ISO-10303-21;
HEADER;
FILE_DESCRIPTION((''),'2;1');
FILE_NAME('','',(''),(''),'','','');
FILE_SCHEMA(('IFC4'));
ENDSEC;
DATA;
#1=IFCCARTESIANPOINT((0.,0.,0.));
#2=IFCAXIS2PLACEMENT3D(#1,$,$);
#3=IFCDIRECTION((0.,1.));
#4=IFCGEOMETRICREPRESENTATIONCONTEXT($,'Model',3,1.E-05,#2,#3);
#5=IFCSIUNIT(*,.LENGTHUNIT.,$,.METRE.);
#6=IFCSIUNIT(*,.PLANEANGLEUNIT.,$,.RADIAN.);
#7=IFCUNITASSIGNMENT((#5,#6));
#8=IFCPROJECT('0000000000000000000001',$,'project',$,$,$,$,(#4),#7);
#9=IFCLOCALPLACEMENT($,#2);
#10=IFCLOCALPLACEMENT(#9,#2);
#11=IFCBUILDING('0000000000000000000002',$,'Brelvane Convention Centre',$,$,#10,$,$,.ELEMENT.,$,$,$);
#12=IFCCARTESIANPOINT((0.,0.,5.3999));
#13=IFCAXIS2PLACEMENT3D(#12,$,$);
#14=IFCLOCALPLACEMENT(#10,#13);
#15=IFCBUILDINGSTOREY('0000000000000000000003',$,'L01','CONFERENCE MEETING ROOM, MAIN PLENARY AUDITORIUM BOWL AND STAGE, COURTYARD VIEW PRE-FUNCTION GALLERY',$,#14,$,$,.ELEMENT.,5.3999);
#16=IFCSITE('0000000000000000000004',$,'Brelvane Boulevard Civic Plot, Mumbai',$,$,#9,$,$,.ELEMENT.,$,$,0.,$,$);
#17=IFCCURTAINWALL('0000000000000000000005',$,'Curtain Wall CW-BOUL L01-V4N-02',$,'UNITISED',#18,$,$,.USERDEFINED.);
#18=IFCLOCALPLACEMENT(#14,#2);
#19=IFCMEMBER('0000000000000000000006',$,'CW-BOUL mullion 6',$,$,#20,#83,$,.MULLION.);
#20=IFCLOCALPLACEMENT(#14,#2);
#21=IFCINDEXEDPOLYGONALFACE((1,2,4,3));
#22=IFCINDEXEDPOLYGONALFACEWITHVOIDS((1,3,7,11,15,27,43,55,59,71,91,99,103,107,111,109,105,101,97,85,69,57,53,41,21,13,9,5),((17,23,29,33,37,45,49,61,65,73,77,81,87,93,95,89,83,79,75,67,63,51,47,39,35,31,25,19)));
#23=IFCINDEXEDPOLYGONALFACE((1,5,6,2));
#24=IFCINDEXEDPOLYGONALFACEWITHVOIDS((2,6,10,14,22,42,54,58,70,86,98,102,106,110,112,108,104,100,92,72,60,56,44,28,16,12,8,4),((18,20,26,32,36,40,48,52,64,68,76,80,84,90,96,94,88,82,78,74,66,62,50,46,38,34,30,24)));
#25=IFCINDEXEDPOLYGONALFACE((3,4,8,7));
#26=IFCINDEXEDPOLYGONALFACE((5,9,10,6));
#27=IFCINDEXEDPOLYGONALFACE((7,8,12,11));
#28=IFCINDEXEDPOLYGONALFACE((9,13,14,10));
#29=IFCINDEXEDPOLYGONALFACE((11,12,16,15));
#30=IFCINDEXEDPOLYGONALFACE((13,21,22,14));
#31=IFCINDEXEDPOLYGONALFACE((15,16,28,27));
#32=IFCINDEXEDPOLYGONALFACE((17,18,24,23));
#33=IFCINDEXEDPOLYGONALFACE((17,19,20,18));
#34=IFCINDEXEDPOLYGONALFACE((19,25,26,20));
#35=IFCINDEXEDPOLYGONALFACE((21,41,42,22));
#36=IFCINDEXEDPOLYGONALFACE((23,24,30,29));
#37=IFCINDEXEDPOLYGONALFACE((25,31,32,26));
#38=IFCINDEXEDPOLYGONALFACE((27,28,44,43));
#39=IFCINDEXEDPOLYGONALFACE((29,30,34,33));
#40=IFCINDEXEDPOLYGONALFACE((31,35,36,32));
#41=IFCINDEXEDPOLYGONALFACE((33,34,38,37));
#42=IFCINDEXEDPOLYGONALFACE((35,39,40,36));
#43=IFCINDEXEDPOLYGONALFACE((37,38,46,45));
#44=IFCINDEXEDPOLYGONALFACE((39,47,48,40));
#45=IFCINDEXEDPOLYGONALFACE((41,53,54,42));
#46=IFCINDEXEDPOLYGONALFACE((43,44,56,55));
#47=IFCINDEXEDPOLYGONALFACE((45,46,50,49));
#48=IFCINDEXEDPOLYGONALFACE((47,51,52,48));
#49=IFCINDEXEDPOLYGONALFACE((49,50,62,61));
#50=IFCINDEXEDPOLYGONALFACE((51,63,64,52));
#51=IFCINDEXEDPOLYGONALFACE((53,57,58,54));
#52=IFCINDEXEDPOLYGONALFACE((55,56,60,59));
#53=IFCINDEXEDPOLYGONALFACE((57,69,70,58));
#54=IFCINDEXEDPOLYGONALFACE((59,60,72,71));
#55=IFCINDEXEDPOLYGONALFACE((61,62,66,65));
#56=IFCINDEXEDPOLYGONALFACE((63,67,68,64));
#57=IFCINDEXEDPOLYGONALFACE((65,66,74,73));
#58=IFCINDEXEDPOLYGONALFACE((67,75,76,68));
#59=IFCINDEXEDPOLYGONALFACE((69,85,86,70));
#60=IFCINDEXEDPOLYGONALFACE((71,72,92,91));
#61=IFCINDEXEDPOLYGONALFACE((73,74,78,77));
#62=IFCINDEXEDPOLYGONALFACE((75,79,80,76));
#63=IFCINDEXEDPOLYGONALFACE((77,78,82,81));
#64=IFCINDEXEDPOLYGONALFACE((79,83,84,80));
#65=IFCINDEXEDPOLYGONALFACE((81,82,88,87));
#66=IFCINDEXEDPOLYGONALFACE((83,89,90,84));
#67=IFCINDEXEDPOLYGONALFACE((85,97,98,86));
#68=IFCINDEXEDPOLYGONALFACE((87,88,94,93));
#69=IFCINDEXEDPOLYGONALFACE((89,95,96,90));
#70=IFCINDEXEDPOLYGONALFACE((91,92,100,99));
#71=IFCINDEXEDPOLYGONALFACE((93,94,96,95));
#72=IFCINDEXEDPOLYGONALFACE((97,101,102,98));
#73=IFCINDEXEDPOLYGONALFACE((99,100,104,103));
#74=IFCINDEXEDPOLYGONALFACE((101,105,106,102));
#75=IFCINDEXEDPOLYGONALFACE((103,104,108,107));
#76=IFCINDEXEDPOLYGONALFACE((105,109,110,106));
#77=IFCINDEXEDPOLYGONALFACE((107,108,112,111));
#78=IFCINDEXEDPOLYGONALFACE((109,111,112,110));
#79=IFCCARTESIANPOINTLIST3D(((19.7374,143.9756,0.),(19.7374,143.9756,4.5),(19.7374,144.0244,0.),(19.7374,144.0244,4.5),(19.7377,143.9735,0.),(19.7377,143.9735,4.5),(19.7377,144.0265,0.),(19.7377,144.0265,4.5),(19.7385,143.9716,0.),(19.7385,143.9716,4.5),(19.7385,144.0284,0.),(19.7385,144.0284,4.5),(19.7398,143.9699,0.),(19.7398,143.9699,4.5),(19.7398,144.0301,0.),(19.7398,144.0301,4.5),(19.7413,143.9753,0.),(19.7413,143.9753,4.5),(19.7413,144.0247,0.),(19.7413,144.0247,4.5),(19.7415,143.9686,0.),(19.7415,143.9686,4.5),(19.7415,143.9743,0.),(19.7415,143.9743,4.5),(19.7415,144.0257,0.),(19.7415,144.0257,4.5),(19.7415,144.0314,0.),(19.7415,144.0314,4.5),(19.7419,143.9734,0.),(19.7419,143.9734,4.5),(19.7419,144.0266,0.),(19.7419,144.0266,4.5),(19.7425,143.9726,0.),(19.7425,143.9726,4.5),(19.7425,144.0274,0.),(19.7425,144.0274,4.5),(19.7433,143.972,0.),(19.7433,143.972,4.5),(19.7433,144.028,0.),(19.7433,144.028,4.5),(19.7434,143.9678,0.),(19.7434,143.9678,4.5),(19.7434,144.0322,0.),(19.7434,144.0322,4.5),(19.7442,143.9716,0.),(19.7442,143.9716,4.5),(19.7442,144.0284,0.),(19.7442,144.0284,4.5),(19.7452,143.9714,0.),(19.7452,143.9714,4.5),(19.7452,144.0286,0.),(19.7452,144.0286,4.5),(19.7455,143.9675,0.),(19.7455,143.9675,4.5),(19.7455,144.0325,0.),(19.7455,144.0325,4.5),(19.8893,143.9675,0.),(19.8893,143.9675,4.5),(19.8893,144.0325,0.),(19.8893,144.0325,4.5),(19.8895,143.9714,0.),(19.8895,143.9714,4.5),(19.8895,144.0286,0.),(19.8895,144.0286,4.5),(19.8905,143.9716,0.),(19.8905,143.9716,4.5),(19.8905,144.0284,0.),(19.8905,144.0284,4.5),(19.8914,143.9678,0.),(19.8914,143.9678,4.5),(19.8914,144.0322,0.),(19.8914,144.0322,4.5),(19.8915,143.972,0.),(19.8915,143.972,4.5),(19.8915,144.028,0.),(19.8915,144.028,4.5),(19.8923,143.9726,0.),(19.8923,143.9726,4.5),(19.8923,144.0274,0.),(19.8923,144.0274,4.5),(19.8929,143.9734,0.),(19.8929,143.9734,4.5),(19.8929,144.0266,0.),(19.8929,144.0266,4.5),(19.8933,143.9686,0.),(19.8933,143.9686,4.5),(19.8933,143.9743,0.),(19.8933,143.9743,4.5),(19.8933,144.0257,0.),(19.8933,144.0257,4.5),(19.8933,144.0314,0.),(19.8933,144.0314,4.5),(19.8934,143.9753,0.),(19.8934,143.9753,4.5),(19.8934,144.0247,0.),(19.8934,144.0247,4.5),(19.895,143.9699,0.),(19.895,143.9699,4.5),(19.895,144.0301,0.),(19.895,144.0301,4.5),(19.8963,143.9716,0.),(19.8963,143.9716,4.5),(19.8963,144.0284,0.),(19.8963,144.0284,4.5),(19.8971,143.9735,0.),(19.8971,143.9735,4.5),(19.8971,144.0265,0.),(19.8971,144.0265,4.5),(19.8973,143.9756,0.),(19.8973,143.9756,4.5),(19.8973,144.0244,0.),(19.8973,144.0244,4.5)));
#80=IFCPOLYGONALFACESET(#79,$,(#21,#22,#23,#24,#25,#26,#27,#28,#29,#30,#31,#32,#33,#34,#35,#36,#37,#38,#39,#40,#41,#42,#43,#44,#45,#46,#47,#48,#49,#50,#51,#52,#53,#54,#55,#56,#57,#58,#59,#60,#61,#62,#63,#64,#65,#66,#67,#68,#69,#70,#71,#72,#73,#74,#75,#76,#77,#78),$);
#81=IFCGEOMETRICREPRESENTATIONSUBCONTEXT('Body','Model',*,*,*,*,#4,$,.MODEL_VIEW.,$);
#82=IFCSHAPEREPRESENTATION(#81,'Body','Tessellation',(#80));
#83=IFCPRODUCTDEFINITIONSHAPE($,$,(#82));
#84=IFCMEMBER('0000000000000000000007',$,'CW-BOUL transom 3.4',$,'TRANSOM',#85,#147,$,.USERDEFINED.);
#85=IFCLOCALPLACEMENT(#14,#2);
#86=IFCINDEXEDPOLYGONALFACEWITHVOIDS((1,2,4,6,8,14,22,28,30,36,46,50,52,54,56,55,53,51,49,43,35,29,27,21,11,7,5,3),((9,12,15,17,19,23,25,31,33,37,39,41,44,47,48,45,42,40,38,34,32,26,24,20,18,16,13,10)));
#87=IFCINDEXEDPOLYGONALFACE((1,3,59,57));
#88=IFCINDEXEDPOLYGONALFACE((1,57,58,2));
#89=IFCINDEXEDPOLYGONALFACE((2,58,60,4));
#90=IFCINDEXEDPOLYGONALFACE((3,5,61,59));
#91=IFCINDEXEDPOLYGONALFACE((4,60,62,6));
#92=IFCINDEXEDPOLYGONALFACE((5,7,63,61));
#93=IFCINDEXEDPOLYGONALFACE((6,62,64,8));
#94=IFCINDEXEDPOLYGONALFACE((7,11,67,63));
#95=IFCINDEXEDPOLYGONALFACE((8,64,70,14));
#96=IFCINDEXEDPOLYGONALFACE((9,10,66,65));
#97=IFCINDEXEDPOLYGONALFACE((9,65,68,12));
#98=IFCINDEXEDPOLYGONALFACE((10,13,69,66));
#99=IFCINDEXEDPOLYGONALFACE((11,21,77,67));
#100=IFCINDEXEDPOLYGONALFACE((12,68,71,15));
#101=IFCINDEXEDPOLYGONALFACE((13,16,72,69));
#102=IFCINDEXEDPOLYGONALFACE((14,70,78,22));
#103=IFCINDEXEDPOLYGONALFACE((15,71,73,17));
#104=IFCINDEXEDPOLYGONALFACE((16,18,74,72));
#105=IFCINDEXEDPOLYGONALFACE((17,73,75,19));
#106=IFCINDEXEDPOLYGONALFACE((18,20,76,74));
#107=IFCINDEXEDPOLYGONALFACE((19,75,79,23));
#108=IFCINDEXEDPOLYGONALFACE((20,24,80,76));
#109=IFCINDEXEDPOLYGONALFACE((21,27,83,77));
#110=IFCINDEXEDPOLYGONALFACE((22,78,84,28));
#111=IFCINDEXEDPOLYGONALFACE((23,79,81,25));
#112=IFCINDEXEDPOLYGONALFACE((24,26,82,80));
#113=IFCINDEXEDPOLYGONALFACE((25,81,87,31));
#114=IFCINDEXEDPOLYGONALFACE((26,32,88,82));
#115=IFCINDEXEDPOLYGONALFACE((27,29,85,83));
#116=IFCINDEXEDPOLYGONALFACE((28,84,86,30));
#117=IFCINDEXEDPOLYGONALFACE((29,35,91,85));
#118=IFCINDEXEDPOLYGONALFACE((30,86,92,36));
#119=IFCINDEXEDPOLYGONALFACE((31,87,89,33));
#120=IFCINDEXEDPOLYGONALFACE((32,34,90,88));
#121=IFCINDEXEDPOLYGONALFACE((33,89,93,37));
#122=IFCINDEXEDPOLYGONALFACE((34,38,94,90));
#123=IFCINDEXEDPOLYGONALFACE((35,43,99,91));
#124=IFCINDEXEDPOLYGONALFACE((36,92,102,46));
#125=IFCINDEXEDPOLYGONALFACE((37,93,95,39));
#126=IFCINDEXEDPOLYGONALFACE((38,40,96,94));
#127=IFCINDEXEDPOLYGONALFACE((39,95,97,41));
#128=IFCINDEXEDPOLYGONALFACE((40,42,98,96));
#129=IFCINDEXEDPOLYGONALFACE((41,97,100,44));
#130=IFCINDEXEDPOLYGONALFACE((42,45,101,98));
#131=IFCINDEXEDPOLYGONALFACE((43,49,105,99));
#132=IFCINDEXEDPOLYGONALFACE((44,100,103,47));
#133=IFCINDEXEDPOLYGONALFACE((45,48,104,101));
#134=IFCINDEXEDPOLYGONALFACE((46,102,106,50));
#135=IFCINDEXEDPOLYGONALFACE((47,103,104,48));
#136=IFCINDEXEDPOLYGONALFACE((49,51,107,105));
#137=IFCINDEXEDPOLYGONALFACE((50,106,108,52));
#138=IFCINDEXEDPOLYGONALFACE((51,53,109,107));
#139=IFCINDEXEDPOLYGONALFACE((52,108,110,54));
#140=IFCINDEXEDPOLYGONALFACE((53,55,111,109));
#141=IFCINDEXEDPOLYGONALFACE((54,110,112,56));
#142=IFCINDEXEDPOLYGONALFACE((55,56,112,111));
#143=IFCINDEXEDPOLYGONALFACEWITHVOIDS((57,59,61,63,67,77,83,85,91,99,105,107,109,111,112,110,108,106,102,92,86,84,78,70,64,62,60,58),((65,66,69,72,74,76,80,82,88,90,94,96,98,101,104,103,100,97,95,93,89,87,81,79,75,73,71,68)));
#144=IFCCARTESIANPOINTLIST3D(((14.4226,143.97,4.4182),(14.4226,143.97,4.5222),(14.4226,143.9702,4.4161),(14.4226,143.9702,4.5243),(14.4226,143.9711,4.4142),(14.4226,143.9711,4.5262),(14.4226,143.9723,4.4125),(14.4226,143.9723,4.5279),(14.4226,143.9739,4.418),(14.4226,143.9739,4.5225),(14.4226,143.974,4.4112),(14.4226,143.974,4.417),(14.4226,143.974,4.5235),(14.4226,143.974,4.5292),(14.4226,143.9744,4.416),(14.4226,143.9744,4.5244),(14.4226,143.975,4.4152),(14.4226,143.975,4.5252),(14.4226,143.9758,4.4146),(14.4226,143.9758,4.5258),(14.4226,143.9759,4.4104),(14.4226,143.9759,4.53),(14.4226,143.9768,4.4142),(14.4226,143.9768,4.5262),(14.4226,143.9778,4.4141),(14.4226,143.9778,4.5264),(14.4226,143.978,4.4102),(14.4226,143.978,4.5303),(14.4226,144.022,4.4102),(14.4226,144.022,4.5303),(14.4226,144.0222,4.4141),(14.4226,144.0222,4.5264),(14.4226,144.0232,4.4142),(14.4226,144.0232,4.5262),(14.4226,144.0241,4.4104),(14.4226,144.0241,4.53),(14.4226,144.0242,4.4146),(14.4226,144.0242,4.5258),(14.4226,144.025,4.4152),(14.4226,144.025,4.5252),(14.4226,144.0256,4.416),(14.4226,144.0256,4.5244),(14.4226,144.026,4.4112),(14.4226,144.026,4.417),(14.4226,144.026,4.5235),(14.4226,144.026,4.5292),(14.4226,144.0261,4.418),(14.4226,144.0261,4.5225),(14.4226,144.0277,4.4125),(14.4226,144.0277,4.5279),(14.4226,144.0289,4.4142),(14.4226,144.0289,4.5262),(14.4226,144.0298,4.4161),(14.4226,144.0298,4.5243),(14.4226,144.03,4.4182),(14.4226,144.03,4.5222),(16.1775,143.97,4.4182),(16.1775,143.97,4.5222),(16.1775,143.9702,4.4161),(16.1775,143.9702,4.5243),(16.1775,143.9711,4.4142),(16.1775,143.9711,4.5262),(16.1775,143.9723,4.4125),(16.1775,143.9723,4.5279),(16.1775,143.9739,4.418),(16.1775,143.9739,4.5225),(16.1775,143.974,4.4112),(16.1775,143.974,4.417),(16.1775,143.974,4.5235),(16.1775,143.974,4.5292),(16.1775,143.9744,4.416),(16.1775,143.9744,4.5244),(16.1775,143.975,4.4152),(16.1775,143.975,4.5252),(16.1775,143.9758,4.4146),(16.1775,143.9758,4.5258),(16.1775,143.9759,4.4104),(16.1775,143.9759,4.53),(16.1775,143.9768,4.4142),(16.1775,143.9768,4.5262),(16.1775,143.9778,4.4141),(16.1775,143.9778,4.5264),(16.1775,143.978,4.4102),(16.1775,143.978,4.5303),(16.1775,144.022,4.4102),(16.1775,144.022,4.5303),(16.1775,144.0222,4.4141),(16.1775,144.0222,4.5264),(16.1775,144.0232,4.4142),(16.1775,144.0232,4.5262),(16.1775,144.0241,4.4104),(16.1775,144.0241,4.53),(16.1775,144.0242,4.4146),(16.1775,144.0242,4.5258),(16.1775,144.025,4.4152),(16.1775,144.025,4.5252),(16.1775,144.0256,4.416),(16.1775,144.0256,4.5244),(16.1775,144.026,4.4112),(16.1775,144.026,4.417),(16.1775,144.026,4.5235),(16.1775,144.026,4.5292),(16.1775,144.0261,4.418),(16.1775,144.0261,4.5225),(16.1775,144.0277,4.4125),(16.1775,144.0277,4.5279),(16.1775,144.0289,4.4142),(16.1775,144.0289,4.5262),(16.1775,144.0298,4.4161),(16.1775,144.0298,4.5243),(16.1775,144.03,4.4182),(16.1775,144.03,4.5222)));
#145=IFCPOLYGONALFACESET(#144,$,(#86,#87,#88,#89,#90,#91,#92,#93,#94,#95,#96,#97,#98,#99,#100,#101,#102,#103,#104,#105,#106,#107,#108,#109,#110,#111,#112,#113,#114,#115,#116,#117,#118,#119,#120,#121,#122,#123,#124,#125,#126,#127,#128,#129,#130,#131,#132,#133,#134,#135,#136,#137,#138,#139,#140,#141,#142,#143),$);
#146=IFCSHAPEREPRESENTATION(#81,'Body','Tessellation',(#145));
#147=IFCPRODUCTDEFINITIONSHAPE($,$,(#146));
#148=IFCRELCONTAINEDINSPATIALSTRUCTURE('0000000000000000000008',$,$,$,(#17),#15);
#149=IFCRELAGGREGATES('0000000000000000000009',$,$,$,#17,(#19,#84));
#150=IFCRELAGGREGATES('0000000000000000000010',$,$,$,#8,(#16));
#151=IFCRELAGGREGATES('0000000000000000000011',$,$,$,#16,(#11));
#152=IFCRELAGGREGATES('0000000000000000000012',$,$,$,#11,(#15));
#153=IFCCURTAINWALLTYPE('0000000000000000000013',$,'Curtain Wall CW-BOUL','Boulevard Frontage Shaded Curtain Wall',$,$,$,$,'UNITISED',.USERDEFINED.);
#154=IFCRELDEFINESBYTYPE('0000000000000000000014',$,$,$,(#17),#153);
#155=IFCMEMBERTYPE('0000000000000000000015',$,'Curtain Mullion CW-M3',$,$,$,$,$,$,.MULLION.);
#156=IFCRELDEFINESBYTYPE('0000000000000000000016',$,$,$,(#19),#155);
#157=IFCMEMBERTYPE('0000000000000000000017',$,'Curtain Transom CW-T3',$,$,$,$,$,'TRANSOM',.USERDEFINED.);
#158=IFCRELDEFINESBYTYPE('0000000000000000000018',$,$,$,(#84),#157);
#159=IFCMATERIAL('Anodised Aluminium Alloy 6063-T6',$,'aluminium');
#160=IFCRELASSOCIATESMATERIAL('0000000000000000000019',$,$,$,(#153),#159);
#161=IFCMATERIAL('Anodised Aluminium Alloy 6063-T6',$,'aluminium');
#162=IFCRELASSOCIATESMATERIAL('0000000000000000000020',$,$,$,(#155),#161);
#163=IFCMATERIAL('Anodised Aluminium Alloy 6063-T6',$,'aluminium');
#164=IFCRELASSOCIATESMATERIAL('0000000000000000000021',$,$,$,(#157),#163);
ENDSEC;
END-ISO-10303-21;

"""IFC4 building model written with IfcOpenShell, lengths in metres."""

from ifc_helpers import new_model, si_unit, direction, frame, origin, origin_2d, place, context, subcontext, project, spatial, hollow_rectangle, extrude, material, material_profile, profile_set, type_object, element, aggregate, save


model = new_model("IFC4")

# Units and contexts
model_context = context("Model", 3, precision=1e-05, world=origin(), true_north=direction((0.0, 1.0)))
body_context = subcontext(model_context, "Body", "Model", "MODEL_VIEW")
ifc_project = project(units=[si_unit("LENGTHUNIT", "METRE"), si_unit("PLANEANGLEUNIT", "RADIAN")], contexts=[model_context])

# Site, building, storey
site_placement = place(None, origin())
site = spatial("IfcSite", under=ifc_project, at=site_placement, Name="Brelvane Boulevard Civic Plot, Mumbai", CompositionType="ELEMENT", RefElevation=0.0)
building_placement = place(site_placement, origin())
building = spatial("IfcBuilding", under=site, at=building_placement, Name="Brelvane Convention Centre", CompositionType="ELEMENT")
storey_placement = place(building_placement, frame((0.0, 0.0, 5.3999)))
storey = spatial("IfcBuildingStorey", under=building, at=storey_placement, Name="L01", Description="CONFERENCE MEETING ROOM, MAIN PLENARY AUDITORIUM BOWL AND STAGE, COURTYARD VIEW PRE-FUNCTION GALLERY", CompositionType="ELEMENT", Elevation=5.3999)

# Curtain wall, members
ifc_material_1 = material(Name="Anodised Aluminium Alloy 6063-T6", Category="aluminium")
curtain_wall_type = type_object("IfcCurtainWallType", Name="Curtain Wall CW-BOUL", Description="Boulevard Frontage Shaded Curtain Wall", ElementType="UNITISED", PredefinedType="USERDEFINED", material=ifc_material_1)
curtain_wall_placement = place(storey_placement, origin())
curtain_wall = element("IfcCurtainWall", 1, at=curtain_wall_placement, inside=storey, type_object=curtain_wall_type, Name="Curtain Wall CW-BOUL L01-V4N-02", ObjectType="UNITISED", PredefinedType="USERDEFINED")
ifc_material_2 = material(Name="Anodised Aluminium Alloy 6063-T6", Category="aluminium")
ifc_material_profile_1 = material_profile(ifc_material_2, hollow_rectangle(XDim=0.0649, YDim=0.1599, WallThickness=0.0039, InnerFilletRadius=0.0039, OuterFilletRadius=0.0081, at=origin_2d()), Name="ALU-M 160x65x4.0")
ifc_profile_set_1 = profile_set([ifc_material_profile_1], Name="Anodised Aluminium Alloy 6063-T6")
member_type_1 = type_object("IfcMemberType", Name="Curtain Mullion CW-M3", PredefinedType="MULLION", material=ifc_profile_set_1)
member_1_placement = place(storey_placement, frame((19.8174, 144.0, 0.0), z_axis=(0.0, 0.0, 1.0), x_axis=(0.0, 1.0, 0.0)))
member_1 = element("IfcMember", 2, at=member_1_placement, type_object=member_type_1, Name="CW-BOUL mullion 6", PredefinedType="MULLION", context=body_context, shape_type="SweptSolid", body=[
    extrude(hollow_rectangle(XDim=0.0649, YDim=0.1599, WallThickness=0.0039, InnerFilletRadius=0.0039, OuterFilletRadius=0.0081, at=origin_2d()), origin(), (0.0, 0.0, 1.0), 4.5),
])
ifc_material_3 = material(Name="Anodised Aluminium Alloy 6063-T6", Category="aluminium")
ifc_material_profile_2 = material_profile(ifc_material_3, hollow_rectangle(XDim=0.0601, YDim=0.1201, WallThickness=0.0039, InnerFilletRadius=0.0039, OuterFilletRadius=0.0081, at=origin_2d()), Name="ALU-T 120x60x4.0")
ifc_profile_set_2 = profile_set([ifc_material_profile_2], Name="Anodised Aluminium Alloy 6063-T6")
member_type_2 = type_object("IfcMemberType", Name="Curtain Transom CW-T3", ElementType="TRANSOM", PredefinedType="USERDEFINED", material=ifc_profile_set_2)
member_2_placement = place(storey_placement, frame((14.4226, 144.0, 4.4702), z_axis=(1.0, 0.0, 0.0), x_axis=(0.0, 1.0, 0.0)))
member_2 = element("IfcMember", 3, at=member_2_placement, type_object=member_type_2, Name="CW-BOUL transom 3.4", ObjectType="TRANSOM", PredefinedType="USERDEFINED", context=body_context, shape_type="SweptSolid", body=[
    extrude(hollow_rectangle(XDim=0.0601, YDim=0.1201, WallThickness=0.0039, InnerFilletRadius=0.0039, OuterFilletRadius=0.0081, at=origin_2d()), origin(), (0.0, 0.0, 1.0), 1.7549),
])

aggregate(curtain_wall, [member_1, member_2])

save(model, "model.ifc")
